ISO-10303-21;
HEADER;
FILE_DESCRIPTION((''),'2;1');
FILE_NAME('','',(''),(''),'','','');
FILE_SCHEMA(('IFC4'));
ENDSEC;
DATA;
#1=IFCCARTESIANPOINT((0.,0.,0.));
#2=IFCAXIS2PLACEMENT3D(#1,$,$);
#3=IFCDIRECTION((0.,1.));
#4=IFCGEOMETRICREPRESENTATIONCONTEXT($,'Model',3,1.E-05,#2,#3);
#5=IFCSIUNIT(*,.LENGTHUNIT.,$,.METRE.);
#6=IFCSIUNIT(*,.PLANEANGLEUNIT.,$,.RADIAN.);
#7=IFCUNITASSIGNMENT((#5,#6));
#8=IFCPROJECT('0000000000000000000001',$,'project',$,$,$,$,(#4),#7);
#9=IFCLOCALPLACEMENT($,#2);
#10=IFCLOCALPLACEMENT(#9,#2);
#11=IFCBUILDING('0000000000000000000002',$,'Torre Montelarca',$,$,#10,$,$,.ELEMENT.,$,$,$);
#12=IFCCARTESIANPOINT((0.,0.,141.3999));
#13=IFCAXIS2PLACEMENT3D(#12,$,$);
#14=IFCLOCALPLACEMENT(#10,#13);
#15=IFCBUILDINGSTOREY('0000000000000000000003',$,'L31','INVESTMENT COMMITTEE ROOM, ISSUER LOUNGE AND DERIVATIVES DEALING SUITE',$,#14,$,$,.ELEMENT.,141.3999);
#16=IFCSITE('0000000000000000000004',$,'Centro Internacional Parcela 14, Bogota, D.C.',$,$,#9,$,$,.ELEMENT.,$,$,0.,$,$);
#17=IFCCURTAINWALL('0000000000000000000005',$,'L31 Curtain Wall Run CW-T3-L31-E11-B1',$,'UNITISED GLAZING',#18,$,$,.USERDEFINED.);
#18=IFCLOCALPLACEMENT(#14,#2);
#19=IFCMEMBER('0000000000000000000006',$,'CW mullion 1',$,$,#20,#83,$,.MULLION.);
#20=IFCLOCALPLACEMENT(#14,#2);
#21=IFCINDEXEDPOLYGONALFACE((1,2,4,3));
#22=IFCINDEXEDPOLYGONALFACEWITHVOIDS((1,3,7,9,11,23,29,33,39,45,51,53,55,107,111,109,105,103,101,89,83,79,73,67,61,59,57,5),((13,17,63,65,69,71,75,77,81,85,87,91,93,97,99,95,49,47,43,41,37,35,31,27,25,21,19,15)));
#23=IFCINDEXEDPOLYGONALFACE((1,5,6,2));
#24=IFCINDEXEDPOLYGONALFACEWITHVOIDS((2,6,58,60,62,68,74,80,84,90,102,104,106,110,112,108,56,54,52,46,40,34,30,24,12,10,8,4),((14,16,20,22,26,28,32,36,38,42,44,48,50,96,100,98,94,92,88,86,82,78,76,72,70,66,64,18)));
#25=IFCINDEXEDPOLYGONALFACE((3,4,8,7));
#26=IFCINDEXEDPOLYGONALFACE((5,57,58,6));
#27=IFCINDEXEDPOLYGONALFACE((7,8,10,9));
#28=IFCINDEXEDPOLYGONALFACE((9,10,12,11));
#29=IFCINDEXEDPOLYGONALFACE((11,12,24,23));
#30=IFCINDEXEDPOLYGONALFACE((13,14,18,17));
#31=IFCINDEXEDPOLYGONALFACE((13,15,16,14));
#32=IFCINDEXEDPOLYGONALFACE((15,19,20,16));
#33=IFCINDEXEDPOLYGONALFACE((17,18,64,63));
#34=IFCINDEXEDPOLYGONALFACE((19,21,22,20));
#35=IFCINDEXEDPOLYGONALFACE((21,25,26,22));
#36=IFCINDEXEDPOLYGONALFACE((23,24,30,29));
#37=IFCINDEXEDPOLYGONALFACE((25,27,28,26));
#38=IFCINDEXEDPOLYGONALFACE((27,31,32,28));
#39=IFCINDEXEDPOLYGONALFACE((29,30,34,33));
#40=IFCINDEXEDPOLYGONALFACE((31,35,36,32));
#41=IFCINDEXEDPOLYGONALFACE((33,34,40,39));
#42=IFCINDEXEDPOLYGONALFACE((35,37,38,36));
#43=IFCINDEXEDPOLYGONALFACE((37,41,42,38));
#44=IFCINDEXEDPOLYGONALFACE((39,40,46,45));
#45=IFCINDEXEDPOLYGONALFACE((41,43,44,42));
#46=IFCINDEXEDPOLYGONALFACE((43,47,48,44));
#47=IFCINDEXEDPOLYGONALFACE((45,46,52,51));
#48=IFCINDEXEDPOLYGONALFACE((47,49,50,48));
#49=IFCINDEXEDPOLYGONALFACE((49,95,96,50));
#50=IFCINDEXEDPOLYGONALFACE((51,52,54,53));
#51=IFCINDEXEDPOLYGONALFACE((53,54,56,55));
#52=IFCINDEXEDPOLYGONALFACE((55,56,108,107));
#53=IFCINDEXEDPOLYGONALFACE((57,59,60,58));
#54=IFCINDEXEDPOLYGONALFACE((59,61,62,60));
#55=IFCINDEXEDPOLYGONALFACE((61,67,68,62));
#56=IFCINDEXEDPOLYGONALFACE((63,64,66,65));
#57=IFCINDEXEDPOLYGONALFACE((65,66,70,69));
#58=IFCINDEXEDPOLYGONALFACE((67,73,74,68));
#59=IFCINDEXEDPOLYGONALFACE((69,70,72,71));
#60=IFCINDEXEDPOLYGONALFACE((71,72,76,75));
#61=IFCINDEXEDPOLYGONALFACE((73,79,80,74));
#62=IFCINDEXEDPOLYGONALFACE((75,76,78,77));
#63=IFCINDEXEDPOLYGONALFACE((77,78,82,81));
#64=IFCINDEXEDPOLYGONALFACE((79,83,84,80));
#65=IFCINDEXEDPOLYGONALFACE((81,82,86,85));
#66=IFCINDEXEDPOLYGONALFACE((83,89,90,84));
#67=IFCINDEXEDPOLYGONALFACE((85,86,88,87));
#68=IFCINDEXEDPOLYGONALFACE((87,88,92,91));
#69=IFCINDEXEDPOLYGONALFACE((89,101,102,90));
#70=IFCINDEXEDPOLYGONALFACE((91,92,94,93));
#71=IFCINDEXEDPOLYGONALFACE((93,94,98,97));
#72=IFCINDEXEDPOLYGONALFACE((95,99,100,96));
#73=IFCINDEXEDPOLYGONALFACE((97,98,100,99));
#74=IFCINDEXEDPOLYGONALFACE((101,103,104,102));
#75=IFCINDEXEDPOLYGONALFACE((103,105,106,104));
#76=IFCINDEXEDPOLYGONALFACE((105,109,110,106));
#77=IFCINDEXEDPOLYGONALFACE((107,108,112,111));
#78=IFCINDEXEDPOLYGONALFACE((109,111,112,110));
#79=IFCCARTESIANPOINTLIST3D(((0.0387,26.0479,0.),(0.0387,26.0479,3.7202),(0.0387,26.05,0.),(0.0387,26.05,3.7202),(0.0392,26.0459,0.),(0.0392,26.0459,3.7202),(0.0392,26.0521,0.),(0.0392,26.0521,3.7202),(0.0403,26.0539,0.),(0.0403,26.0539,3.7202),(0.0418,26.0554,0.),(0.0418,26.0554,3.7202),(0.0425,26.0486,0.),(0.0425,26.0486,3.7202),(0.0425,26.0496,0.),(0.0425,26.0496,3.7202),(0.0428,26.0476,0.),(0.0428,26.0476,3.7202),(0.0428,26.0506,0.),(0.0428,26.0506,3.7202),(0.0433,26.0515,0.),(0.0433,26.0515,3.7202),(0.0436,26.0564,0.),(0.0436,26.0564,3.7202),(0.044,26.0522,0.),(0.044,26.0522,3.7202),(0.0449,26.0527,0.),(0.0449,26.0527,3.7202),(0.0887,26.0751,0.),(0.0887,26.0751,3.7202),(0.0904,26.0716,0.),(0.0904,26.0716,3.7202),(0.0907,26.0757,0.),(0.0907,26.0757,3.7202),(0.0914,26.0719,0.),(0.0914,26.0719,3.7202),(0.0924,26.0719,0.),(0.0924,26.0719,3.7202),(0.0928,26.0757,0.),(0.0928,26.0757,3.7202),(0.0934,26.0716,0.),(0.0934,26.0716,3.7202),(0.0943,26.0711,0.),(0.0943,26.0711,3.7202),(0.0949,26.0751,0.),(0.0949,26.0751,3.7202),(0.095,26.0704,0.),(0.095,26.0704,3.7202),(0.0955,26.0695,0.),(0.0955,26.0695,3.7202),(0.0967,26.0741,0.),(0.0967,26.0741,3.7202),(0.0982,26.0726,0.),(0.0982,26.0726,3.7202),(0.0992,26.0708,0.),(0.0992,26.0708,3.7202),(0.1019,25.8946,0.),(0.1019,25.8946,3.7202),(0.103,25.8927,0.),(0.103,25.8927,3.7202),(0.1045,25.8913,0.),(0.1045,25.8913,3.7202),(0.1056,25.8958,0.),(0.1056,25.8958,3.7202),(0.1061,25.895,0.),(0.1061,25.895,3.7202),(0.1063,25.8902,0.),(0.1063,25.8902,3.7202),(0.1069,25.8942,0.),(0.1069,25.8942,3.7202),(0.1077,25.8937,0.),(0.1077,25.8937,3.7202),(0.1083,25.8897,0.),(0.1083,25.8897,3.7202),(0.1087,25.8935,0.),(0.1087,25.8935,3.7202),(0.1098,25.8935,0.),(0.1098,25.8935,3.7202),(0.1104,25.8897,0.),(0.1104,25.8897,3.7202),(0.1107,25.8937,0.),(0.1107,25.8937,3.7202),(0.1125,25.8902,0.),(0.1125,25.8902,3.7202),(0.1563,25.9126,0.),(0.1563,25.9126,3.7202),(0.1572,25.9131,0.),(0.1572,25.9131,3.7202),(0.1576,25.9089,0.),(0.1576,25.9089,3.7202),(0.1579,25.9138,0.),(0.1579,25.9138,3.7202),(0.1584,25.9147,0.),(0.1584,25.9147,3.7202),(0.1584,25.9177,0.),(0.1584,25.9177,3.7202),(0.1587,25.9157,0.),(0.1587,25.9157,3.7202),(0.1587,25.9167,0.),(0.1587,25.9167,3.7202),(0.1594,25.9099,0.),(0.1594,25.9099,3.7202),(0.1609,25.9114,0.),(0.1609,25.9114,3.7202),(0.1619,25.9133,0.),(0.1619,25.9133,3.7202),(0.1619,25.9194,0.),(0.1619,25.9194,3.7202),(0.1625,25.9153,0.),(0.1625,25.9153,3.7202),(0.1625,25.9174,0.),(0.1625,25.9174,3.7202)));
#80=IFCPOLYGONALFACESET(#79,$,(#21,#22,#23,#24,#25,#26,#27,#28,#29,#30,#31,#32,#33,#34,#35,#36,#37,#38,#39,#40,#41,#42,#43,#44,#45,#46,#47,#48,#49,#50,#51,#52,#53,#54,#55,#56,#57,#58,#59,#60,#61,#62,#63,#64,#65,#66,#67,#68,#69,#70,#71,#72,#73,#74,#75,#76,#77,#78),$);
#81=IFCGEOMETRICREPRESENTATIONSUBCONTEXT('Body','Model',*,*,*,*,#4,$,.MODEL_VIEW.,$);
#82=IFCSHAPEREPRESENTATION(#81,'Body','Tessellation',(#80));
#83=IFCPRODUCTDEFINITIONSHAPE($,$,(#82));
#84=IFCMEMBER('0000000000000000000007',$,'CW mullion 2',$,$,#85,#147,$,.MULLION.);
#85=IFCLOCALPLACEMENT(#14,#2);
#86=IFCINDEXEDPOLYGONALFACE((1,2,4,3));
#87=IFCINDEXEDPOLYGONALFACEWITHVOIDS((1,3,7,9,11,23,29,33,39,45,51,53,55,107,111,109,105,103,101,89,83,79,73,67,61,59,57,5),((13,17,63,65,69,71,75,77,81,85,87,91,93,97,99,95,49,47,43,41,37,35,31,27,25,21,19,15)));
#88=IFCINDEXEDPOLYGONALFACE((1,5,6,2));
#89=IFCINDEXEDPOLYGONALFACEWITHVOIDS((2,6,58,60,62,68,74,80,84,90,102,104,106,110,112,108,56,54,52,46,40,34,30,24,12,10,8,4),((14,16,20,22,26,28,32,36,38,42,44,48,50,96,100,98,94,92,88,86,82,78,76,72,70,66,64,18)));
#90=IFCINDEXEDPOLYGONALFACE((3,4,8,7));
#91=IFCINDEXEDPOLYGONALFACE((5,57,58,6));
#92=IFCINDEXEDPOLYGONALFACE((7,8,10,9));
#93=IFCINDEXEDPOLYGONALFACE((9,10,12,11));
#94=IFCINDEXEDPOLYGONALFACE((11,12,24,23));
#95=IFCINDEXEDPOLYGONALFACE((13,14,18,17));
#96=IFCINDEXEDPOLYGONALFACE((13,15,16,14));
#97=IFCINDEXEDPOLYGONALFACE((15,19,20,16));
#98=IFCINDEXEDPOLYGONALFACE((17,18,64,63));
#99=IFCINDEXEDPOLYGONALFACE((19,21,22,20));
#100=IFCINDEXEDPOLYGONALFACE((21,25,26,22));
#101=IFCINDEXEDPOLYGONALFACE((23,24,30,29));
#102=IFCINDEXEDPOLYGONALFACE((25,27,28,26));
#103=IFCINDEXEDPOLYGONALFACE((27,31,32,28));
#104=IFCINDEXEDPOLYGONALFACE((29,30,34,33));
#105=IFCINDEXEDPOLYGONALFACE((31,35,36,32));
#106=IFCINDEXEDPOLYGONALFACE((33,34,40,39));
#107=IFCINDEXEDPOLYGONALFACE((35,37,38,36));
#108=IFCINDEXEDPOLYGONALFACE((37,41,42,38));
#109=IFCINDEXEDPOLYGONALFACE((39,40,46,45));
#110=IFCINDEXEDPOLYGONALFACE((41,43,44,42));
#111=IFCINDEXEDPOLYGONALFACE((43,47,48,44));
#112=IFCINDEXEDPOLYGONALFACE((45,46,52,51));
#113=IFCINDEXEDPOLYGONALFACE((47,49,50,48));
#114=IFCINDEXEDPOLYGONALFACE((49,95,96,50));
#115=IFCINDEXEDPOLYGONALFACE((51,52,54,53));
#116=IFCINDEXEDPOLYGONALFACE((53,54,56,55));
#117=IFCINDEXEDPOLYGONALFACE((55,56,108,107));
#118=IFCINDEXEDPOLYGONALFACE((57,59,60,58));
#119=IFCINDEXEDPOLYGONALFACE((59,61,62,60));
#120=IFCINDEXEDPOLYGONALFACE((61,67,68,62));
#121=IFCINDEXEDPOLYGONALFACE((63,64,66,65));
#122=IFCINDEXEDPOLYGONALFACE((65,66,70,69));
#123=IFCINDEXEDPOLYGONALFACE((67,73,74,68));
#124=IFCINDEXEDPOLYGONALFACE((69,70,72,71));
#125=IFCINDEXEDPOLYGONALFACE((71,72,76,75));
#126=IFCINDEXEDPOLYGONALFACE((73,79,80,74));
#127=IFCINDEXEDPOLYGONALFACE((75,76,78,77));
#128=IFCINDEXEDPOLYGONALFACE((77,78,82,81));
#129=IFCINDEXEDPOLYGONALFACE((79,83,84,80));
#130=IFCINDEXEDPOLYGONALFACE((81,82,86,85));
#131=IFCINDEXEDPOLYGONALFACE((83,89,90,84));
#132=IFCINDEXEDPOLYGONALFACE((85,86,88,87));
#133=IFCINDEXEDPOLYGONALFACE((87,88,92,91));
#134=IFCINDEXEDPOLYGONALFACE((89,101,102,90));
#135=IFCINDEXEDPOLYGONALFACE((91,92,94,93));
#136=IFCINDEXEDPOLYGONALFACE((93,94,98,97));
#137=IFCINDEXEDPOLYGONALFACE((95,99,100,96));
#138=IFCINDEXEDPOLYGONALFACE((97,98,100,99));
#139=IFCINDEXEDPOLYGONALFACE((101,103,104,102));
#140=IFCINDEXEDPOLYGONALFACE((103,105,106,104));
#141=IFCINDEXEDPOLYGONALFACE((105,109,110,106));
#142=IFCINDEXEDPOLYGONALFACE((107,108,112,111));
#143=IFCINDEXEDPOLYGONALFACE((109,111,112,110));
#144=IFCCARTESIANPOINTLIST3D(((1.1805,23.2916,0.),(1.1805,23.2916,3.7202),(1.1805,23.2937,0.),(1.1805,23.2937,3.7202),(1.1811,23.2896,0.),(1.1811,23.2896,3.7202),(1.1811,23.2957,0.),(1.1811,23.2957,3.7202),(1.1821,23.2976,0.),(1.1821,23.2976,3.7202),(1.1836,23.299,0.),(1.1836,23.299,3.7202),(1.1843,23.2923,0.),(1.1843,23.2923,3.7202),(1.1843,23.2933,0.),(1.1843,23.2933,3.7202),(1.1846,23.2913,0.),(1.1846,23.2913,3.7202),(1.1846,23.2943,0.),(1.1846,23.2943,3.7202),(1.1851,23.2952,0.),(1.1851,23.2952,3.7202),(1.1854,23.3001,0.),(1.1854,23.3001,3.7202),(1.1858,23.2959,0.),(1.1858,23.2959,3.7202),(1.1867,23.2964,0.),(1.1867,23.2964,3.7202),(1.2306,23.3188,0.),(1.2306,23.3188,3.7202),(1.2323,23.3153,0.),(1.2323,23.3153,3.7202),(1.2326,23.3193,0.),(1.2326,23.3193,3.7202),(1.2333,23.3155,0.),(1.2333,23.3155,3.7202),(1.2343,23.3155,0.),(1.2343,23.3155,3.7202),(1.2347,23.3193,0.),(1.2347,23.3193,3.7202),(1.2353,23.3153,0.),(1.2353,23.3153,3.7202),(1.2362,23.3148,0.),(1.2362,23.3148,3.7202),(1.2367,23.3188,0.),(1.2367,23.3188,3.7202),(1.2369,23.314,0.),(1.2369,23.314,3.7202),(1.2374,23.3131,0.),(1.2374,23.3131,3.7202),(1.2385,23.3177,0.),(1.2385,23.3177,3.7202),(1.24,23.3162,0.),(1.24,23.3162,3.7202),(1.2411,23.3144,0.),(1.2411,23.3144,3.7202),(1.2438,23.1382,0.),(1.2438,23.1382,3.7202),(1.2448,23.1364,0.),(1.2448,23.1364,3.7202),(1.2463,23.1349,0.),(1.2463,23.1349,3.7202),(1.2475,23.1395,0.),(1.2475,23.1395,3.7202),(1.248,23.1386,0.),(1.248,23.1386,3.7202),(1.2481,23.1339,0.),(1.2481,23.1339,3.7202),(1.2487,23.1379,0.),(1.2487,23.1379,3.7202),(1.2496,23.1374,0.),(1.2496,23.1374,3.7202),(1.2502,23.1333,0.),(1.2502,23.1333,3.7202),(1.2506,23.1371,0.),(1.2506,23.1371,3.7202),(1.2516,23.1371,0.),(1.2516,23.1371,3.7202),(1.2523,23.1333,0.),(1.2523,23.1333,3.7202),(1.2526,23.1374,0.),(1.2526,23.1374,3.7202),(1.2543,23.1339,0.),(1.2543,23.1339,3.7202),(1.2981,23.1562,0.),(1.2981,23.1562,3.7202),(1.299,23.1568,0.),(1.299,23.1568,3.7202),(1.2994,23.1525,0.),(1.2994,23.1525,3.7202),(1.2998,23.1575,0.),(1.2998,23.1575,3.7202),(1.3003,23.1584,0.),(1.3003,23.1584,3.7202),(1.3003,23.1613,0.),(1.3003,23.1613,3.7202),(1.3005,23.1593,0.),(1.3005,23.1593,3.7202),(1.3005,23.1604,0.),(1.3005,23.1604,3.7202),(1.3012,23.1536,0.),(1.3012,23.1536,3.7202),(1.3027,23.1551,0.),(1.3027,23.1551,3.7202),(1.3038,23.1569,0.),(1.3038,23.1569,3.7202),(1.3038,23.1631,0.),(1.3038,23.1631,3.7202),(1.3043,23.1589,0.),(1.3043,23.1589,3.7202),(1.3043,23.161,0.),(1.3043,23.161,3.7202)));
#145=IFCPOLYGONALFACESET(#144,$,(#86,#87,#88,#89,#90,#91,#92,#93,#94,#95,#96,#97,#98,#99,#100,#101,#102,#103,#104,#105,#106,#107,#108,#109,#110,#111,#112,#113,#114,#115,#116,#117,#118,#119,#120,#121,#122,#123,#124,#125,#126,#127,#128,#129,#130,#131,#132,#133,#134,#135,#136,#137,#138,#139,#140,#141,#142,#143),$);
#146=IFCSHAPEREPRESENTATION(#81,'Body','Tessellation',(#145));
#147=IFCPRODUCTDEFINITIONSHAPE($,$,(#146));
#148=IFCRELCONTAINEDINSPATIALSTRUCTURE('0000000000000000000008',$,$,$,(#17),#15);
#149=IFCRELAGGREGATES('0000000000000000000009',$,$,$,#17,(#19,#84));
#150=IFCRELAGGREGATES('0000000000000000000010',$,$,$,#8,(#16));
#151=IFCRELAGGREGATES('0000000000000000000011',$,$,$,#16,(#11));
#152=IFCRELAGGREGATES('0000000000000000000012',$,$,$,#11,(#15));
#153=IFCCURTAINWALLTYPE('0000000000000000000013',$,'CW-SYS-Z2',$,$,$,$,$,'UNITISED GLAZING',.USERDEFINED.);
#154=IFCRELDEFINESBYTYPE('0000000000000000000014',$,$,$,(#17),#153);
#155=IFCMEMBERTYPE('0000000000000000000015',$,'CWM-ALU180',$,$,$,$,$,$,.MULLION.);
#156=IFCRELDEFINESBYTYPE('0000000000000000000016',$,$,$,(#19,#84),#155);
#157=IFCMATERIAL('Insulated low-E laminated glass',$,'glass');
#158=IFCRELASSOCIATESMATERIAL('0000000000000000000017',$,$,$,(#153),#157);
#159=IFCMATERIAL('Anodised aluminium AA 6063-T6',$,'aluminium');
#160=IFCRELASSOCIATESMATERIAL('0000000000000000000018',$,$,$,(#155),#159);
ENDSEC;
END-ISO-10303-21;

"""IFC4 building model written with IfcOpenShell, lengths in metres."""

from ifc_helpers import new_model, si_unit, direction, frame, origin, origin_2d, place, context, subcontext, project, spatial, hollow_rectangle, extrude, source, transform, mapped, material, material_profile, profile_set, type_object, element, aggregate, save


model = new_model("IFC4")

# Units and contexts
model_context = context("Model", 3, precision=1e-05, world=origin(), true_north=direction((0.0, 1.0)))
body_context = subcontext(model_context, "Body", "Model", "MODEL_VIEW")
ifc_project = project(units=[si_unit("LENGTHUNIT", "METRE"), si_unit("PLANEANGLEUNIT", "RADIAN")], contexts=[model_context])

# Site, building, storey
site_placement = place(None, origin())
site = spatial("IfcSite", under=ifc_project, at=site_placement, Name="Centro Internacional Parcela 14, Bogota, D.C.", CompositionType="ELEMENT", RefElevation=0.0)
building_placement = place(site_placement, origin())
building = spatial("IfcBuilding", under=site, at=building_placement, Name="Torre Montelarca", CompositionType="ELEMENT")
storey_placement = place(building_placement, frame((0.0, 0.0, 141.3999)))
storey = spatial("IfcBuildingStorey", under=building, at=storey_placement, Name="L31", Description="INVESTMENT COMMITTEE ROOM, ISSUER LOUNGE AND DERIVATIVES DEALING SUITE", CompositionType="ELEMENT", Elevation=141.3999)

# Curtain wall
ifc_material_1 = material(Name="Insulated low-E laminated glass", Category="glass")
curtain_wall_type = type_object("IfcCurtainWallType", Name="CW-SYS-Z2", ElementType="UNITISED GLAZING", PredefinedType="USERDEFINED", material=ifc_material_1)
curtain_wall_1_placement = place(storey_placement, origin())
curtain_wall_1 = element("IfcCurtainWall", 1, at=curtain_wall_1_placement, inside=storey, type_object=curtain_wall_type, Name="L31 Curtain Wall Run CW-T3-L31-E11-B1", ObjectType="UNITISED GLAZING", PredefinedType="USERDEFINED")
ifc_material_2 = material(Name="Anodised aluminium AA 6063-T6", Category="aluminium")
ifc_material_profile_1 = material_profile(ifc_material_2, hollow_rectangle(XDim=0.0649, YDim=0.1799, WallThickness=0.0039, InnerFilletRadius=0.0039, OuterFilletRadius=0.0081, at=origin_2d()), Name="ALU65X180X4", Category="aluminium")
ifc_profile_set_1 = profile_set([ifc_material_profile_1], Name="Anodised aluminium AA 6063-T6")
member_type_1 = type_object("IfcMemberType", Name="CWM-ALU180", PredefinedType="MULLION", material=ifc_profile_set_1)
shared_shape_1 = source(origin(), body_context, "Body", "SweptSolid", [
    extrude(hollow_rectangle(XDim=0.0649, YDim=0.1799, WallThickness=0.0039, InnerFilletRadius=0.0039, OuterFilletRadius=0.0081, at=origin_2d()), origin(), (0.0, 0.0, 1.0), 3.7202),
])

# Members
member_1_placement = place(storey_placement, frame((0.1006, 25.9827, 0.0), z_axis=(0.0, 0.0, 1.0), x_axis=(0.92388, 0.382682, 0.0)))
member_1 = element("IfcMember", 2, at=member_1_placement, type_object=member_type_1, Name="CW mullion 1", PredefinedType="MULLION", context=body_context, shape_type="MappedRepresentation", body=[
    mapped(shared_shape_1, transform((0.0, 0.0, 0.0), scale=1.0)),
])
member_2_placement = place(storey_placement, frame((1.2424, 23.2263, 0.0), z_axis=(0.0, 0.0, 1.0), x_axis=(0.92388, 0.382682, 0.0)))
member_2 = element("IfcMember", 3, at=member_2_placement, type_object=member_type_1, Name="CW mullion 2", PredefinedType="MULLION", context=body_context, shape_type="MappedRepresentation", body=[
    mapped(shared_shape_1, transform((0.0, 0.0, 0.0), scale=1.0)),
])

aggregate(curtain_wall_1, [member_1, member_2])

save(model, "model.ifc")
